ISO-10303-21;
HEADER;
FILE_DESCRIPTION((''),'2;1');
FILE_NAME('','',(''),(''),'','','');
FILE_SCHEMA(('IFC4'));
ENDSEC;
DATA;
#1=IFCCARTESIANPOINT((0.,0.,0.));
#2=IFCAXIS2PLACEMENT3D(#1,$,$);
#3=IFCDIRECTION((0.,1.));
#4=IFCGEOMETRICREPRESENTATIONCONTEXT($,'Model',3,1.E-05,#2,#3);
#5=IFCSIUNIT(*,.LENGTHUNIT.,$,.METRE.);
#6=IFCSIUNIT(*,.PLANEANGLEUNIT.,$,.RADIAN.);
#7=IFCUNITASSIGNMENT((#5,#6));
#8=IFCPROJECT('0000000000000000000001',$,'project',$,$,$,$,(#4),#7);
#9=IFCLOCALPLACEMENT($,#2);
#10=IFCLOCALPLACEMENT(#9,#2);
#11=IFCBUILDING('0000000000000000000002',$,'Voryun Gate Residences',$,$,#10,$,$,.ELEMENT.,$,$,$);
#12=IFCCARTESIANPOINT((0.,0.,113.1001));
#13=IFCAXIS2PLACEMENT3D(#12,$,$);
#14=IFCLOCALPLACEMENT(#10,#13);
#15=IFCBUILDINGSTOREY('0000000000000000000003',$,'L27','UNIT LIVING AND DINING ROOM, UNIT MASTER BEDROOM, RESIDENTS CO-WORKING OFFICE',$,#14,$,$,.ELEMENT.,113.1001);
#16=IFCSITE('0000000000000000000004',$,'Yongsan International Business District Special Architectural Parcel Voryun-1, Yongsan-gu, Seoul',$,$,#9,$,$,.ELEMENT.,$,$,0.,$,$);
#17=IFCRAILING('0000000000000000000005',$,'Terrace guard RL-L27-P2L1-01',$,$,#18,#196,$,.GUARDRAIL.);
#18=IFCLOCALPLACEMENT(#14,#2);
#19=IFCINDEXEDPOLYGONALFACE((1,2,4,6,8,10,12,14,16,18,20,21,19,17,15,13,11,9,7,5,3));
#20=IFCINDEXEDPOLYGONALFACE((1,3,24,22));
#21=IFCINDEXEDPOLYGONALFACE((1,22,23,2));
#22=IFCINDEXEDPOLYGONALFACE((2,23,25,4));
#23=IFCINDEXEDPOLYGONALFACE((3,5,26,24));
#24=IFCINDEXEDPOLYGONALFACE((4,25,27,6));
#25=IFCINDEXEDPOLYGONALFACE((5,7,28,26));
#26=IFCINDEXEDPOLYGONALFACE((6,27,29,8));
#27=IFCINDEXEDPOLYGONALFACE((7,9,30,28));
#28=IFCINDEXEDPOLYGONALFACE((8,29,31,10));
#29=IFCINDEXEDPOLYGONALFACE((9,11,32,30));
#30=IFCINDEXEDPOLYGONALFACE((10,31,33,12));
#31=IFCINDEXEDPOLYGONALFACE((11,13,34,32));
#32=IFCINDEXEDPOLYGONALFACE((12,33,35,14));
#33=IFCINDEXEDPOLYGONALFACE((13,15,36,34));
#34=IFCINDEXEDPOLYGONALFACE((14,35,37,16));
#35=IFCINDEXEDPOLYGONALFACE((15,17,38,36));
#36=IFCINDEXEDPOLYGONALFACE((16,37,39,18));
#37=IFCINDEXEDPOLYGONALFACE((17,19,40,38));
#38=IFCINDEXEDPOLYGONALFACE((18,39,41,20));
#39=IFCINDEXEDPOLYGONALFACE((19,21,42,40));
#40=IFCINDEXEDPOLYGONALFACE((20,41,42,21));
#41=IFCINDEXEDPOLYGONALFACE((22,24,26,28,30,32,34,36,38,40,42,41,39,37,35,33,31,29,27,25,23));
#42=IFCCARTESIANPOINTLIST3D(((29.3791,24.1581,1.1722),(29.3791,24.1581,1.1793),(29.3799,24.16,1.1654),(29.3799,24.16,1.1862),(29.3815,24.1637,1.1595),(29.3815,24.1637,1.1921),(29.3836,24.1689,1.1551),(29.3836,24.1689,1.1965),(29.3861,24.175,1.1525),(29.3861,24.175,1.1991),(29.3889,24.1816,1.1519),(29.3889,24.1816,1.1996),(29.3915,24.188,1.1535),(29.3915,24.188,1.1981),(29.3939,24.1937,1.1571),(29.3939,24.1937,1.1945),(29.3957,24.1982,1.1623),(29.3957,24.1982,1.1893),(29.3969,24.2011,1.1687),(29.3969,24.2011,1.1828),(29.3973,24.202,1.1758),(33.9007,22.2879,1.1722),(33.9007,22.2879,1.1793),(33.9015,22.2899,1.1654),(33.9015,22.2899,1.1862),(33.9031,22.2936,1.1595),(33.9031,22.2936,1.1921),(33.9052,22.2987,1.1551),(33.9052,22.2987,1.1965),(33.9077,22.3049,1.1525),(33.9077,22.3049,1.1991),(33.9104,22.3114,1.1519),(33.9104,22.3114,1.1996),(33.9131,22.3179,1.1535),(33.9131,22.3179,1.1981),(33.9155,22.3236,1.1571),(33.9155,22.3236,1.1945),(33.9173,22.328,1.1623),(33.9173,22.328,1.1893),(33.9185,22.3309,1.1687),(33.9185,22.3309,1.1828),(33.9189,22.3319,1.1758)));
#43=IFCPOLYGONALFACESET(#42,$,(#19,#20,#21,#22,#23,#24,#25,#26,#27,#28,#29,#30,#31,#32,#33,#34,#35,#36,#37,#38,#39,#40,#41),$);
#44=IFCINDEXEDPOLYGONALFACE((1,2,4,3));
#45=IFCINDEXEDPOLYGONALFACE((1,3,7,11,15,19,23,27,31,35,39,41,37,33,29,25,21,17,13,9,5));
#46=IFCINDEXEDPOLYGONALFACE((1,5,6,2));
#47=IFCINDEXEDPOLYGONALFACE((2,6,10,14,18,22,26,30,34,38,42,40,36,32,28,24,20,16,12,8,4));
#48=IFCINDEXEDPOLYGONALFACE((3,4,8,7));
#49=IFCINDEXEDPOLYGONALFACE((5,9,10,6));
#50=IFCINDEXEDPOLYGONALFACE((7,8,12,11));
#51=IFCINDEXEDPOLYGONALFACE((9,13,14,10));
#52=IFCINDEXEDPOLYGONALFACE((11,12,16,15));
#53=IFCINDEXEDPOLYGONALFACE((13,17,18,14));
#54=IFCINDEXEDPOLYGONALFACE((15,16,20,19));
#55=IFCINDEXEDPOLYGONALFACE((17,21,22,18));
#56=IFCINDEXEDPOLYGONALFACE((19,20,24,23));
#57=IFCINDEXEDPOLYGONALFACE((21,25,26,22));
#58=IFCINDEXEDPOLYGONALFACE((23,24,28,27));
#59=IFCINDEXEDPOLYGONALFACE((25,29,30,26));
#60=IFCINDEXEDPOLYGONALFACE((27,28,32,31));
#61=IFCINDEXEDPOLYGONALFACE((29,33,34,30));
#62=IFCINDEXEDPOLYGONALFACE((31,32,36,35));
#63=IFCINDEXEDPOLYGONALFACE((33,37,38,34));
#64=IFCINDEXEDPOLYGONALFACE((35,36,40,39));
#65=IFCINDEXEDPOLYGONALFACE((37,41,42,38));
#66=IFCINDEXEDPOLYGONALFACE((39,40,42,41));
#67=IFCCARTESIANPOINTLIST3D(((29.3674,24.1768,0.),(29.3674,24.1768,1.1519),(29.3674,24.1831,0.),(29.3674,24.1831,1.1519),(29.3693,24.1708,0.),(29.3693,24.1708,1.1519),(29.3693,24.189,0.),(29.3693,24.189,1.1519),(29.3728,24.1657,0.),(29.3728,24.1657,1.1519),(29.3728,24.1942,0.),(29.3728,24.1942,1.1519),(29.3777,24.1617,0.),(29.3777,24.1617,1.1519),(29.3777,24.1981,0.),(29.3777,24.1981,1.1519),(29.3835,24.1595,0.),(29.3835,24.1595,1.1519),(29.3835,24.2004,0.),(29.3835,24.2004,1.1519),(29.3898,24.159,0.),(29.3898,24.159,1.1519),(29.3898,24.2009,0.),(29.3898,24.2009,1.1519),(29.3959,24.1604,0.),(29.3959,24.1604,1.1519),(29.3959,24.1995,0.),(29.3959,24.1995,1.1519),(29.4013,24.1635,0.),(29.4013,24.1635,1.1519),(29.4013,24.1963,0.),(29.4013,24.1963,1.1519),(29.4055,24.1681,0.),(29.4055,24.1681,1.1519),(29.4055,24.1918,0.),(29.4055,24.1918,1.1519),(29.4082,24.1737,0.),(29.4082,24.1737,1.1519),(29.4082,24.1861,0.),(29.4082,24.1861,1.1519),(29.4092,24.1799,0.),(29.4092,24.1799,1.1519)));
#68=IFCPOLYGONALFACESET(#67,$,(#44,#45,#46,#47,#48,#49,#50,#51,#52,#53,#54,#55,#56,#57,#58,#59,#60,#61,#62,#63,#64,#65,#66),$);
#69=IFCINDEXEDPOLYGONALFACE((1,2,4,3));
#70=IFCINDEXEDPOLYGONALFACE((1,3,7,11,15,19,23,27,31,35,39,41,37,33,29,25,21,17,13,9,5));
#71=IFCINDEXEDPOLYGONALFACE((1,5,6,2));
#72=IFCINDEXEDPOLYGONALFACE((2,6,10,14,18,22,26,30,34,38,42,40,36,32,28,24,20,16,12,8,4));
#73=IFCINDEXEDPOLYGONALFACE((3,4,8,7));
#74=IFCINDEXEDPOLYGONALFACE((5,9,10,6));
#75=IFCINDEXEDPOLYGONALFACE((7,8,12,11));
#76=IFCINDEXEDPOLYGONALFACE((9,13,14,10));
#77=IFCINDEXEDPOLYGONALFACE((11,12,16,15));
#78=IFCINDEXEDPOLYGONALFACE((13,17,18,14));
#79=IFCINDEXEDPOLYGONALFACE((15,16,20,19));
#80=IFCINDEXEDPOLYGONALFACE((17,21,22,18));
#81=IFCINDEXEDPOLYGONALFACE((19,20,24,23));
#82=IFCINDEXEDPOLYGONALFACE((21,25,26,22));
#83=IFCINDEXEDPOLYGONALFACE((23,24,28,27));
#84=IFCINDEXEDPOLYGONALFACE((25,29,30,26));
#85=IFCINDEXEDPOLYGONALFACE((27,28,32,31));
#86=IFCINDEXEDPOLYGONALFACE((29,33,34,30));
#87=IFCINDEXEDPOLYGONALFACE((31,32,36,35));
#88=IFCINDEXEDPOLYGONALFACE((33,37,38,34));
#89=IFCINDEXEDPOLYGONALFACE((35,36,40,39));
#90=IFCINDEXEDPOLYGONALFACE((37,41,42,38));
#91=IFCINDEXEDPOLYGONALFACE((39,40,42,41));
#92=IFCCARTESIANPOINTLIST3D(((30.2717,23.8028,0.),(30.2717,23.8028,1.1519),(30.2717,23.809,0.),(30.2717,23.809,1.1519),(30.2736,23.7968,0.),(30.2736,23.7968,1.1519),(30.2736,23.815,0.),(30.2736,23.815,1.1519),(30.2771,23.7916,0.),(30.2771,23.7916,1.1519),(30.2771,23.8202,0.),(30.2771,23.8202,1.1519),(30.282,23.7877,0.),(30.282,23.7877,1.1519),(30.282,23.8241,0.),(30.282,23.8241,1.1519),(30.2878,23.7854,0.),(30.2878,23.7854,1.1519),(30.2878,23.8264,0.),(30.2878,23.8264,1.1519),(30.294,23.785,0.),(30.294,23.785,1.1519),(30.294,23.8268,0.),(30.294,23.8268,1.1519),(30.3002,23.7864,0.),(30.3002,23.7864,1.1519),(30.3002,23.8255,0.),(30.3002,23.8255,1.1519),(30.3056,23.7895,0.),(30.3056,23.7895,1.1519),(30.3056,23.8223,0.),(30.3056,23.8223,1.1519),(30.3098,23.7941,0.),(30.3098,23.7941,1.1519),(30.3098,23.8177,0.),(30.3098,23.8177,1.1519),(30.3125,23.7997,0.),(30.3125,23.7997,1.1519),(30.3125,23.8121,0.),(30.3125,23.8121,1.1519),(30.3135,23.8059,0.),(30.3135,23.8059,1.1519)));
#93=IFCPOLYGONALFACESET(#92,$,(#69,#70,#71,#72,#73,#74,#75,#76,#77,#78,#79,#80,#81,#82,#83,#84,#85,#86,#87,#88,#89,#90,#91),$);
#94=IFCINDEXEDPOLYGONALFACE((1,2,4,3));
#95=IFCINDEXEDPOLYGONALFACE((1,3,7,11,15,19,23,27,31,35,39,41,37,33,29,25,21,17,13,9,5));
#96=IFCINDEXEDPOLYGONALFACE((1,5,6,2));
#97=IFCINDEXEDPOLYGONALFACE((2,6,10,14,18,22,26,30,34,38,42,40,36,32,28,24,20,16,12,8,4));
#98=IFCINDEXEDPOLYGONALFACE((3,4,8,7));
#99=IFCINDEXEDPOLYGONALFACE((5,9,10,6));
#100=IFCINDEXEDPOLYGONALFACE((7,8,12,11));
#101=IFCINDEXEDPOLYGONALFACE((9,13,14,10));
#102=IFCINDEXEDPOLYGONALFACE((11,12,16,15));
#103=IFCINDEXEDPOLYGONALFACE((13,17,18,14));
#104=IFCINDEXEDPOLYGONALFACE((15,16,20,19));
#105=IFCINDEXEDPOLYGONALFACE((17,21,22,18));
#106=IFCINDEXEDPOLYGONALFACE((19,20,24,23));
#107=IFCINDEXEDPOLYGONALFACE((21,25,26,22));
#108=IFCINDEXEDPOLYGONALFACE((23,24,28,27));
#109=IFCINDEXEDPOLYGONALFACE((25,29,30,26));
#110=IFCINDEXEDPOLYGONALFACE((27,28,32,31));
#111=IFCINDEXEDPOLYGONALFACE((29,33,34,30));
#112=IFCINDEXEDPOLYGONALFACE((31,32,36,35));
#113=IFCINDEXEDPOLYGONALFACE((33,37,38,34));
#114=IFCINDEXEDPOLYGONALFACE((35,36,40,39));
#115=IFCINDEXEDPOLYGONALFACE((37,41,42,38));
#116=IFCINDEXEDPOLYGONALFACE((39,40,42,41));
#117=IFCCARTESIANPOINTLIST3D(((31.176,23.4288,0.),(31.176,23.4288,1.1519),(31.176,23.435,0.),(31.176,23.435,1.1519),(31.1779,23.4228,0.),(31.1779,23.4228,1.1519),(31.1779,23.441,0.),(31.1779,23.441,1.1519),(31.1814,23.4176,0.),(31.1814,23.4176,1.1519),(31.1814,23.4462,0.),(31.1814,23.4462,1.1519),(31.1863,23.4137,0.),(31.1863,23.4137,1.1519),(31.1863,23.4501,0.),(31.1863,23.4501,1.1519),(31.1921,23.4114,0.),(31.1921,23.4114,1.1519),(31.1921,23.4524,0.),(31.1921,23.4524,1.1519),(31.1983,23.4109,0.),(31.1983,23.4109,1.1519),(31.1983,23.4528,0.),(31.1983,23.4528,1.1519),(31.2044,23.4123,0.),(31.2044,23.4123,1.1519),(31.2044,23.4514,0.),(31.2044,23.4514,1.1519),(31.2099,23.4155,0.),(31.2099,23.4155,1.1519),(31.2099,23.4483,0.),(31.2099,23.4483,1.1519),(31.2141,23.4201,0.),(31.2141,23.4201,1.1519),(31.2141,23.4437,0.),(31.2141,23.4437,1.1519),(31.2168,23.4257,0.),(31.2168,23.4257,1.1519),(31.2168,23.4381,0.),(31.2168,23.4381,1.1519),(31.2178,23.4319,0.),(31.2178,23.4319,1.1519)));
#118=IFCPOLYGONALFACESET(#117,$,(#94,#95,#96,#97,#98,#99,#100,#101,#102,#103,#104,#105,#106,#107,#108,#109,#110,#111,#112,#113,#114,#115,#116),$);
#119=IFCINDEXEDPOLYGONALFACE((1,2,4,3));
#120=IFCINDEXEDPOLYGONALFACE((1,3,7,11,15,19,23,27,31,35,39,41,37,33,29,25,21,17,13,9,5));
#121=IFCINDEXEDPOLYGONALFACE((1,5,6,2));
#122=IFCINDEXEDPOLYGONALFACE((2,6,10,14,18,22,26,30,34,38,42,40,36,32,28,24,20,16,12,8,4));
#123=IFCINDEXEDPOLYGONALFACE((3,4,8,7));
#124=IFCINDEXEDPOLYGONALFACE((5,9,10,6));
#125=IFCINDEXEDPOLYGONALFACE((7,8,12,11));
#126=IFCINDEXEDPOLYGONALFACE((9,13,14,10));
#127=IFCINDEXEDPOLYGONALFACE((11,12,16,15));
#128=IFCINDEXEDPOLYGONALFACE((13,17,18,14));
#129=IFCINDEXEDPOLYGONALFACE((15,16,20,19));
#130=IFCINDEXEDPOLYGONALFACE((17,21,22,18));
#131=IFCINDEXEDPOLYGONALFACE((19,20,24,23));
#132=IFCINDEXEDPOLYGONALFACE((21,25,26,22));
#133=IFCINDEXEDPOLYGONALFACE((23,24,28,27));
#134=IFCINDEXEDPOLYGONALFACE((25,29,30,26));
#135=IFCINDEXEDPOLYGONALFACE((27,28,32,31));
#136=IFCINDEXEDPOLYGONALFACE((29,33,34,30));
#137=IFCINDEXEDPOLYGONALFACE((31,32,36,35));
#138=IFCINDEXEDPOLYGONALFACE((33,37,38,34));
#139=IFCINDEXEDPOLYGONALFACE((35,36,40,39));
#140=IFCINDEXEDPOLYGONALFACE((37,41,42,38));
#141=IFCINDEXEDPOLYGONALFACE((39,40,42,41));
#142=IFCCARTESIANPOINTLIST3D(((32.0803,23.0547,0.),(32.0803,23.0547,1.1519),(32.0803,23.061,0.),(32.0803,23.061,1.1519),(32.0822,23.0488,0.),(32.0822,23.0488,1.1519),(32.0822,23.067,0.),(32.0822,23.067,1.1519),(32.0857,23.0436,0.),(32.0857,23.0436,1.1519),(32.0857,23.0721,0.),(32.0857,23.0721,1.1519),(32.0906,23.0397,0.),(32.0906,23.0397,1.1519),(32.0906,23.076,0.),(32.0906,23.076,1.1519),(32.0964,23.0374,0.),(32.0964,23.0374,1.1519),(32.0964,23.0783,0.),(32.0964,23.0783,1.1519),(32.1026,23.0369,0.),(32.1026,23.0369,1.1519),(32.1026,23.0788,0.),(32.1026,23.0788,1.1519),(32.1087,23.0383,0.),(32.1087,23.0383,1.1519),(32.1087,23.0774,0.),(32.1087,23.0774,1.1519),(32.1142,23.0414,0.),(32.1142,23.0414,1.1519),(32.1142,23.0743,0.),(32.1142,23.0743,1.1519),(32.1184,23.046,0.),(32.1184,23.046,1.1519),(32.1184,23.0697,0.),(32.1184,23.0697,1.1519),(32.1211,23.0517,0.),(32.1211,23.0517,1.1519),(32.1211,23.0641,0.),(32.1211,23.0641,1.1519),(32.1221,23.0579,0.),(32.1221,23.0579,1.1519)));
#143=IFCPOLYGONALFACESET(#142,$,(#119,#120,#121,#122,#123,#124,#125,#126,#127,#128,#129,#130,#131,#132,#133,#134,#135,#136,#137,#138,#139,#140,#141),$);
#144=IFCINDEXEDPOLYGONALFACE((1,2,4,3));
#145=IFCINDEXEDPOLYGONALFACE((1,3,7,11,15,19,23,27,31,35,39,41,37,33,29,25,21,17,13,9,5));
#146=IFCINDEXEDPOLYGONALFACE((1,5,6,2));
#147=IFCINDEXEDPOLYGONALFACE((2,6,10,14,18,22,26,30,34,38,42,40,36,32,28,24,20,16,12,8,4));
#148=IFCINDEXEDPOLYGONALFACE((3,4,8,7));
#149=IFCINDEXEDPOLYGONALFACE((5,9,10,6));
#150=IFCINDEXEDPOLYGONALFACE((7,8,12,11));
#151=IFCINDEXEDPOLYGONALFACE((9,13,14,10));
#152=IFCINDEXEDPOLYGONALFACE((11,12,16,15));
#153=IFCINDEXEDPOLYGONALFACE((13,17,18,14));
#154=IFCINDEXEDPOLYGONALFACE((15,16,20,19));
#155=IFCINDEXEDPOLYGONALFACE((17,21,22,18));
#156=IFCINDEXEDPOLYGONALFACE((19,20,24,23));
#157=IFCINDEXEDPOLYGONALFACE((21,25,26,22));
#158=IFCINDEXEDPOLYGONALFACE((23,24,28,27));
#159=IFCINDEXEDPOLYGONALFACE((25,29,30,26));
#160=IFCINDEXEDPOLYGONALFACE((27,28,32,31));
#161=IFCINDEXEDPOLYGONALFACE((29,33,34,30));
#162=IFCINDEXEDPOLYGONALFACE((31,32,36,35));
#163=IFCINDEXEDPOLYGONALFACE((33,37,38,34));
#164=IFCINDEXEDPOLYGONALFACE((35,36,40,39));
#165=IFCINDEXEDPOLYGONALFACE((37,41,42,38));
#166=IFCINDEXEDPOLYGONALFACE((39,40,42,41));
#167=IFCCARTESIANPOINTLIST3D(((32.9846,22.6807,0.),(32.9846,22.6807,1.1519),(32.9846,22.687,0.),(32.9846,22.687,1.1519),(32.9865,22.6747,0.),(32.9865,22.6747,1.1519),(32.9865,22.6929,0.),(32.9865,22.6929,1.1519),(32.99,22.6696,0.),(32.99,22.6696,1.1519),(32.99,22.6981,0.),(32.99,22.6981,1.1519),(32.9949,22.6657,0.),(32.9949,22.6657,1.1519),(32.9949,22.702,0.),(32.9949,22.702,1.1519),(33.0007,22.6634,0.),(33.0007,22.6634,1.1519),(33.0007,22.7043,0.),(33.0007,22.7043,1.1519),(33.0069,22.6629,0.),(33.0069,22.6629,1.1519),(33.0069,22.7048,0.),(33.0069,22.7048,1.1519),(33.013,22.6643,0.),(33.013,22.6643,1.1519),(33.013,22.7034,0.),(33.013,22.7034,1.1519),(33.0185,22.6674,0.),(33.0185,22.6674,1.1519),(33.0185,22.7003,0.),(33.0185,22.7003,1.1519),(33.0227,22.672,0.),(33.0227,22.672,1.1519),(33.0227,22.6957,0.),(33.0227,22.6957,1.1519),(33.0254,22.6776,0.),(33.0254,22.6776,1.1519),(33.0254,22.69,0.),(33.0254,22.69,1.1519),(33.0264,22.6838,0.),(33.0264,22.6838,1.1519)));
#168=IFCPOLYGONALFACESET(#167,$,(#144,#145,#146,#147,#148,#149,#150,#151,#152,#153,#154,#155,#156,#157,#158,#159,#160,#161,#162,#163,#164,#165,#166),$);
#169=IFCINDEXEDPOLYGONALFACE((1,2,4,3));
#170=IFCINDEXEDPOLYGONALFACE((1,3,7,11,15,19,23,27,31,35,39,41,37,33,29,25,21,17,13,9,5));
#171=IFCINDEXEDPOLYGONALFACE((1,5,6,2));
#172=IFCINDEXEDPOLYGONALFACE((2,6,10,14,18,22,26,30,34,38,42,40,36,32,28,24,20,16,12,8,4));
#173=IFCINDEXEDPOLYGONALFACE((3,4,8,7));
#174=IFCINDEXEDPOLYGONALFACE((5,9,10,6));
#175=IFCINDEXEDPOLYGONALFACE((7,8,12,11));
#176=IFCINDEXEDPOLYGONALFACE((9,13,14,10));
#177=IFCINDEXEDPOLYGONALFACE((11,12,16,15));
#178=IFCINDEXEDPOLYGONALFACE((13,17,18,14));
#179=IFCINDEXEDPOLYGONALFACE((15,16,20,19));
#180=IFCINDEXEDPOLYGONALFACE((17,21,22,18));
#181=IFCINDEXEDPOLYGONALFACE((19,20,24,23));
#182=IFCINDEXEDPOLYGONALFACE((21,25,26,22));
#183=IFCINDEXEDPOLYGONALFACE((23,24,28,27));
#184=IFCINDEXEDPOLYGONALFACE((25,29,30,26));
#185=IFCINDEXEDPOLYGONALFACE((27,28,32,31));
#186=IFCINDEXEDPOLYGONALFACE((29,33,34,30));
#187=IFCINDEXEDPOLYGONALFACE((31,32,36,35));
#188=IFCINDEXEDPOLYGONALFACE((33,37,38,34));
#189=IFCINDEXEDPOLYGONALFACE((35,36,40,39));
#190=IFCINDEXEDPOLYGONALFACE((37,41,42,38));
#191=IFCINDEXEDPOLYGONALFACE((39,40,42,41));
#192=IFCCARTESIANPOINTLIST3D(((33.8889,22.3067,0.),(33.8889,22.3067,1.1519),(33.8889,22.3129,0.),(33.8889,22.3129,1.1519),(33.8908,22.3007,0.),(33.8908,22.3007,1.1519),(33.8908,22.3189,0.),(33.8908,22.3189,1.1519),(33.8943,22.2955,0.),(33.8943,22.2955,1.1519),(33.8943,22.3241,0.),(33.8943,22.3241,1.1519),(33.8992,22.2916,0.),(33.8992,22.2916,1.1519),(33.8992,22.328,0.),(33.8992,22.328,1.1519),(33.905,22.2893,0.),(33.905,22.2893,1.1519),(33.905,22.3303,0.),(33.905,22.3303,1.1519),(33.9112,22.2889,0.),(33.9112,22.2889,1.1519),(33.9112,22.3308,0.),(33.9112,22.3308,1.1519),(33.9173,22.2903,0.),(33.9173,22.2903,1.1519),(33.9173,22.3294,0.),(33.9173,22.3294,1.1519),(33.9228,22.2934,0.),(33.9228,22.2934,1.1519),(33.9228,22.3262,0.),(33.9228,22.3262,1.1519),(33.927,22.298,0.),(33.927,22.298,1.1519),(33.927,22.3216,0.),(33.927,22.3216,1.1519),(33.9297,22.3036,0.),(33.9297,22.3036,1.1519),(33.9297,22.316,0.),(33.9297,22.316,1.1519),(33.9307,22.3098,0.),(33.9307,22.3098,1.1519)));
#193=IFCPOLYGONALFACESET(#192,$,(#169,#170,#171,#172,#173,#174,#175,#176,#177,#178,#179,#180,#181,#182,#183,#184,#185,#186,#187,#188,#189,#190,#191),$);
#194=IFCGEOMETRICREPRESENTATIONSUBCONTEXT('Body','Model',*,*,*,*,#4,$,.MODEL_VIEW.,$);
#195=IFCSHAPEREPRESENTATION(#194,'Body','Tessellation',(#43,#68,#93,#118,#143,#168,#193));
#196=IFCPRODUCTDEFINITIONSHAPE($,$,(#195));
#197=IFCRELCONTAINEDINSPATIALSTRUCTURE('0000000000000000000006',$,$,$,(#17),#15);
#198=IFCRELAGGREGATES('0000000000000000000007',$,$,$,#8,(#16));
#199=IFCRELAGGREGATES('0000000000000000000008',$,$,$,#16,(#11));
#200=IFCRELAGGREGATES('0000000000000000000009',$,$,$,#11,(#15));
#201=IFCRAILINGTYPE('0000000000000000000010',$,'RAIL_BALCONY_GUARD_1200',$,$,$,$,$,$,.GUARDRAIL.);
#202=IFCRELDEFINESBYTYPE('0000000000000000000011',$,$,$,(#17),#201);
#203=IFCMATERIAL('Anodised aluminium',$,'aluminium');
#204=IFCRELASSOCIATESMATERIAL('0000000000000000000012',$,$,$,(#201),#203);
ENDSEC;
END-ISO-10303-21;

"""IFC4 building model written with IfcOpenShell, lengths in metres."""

from ifc_helpers import new_model, si_unit, direction, frame, origin, origin_2d, place, context, subcontext, project, spatial, circle, extrude, material, type_object, element, save


model = new_model("IFC4")

# Units and contexts
model_context = context("Model", 3, precision=1e-05, world=origin(), true_north=direction((0.0, 1.0)))
body_context = subcontext(model_context, "Body", "Model", "MODEL_VIEW")
ifc_project = project(units=[si_unit("LENGTHUNIT", "METRE"), si_unit("PLANEANGLEUNIT", "RADIAN")], contexts=[model_context])

# Site, building, storey
site_placement = place(None, origin())
site = spatial("IfcSite", under=ifc_project, at=site_placement, Name="Yongsan International Business District Special Architectural Parcel Voryun-1, Yongsan-gu, Seoul", CompositionType="ELEMENT", RefElevation=0.0)
building_placement = place(site_placement, origin())
building = spatial("IfcBuilding", under=site, at=building_placement, Name="Voryun Gate Residences", CompositionType="ELEMENT")
storey_placement = place(building_placement, frame((0.0, 0.0, 113.1001)))
storey = spatial("IfcBuildingStorey", under=building, at=storey_placement, Name="L27", Description="UNIT LIVING AND DINING ROOM, UNIT MASTER BEDROOM, RESIDENTS CO-WORKING OFFICE", CompositionType="ELEMENT", Elevation=113.1001)

# Railing
ifc_material_1 = material(Name="Anodised aluminium", Category="aluminium")
railing_type = type_object("IfcRailingType", Name="RAIL_BALCONY_GUARD_1200", PredefinedType="GUARDRAIL", material=ifc_material_1)
railing_1_placement = place(storey_placement, frame((29.3882, 24.1799, 0.0)))
element("IfcRailing", 1, at=railing_1_placement, inside=storey, type_object=railing_type, Name="Terrace guard RL-L27-P2L1-01", PredefinedType="GUARDRAIL", context=body_context, shape_type="SweptSolid", body=[
    extrude(circle(Radius=0.0239, at=origin_2d()), frame((0.0, 0.0, 1.1758), z_axis=(0.924078, -0.382205, 0.0), x_axis=(0.382205, 0.924078, 0.0)), (0.0, 0.0, 1.0), 4.8931),
    extrude(circle(Radius=0.021, at=origin_2d()), origin(), (0.0, 0.0, 1.0), 1.1519),
    extrude(circle(Radius=0.021, at=origin_2d()), frame((0.9043, -0.374, 0.0)), (0.0, 0.0, 1.0), 1.1519),
    extrude(circle(Radius=0.021, at=origin_2d()), frame((1.8086, -0.748, 0.0)), (0.0, 0.0, 1.0), 1.1519),
    extrude(circle(Radius=0.021, at=origin_2d()), frame((2.7129, -1.1221, 0.0)), (0.0, 0.0, 1.0), 1.1519),
    extrude(circle(Radius=0.021, at=origin_2d()), frame((3.6172, -1.4961, 0.0)), (0.0, 0.0, 1.0), 1.1519),
    extrude(circle(Radius=0.021, at=origin_2d()), frame((4.5215, -1.8701, 0.0)), (0.0, 0.0, 1.0), 1.1519),
])

save(model, "model.ifc")
